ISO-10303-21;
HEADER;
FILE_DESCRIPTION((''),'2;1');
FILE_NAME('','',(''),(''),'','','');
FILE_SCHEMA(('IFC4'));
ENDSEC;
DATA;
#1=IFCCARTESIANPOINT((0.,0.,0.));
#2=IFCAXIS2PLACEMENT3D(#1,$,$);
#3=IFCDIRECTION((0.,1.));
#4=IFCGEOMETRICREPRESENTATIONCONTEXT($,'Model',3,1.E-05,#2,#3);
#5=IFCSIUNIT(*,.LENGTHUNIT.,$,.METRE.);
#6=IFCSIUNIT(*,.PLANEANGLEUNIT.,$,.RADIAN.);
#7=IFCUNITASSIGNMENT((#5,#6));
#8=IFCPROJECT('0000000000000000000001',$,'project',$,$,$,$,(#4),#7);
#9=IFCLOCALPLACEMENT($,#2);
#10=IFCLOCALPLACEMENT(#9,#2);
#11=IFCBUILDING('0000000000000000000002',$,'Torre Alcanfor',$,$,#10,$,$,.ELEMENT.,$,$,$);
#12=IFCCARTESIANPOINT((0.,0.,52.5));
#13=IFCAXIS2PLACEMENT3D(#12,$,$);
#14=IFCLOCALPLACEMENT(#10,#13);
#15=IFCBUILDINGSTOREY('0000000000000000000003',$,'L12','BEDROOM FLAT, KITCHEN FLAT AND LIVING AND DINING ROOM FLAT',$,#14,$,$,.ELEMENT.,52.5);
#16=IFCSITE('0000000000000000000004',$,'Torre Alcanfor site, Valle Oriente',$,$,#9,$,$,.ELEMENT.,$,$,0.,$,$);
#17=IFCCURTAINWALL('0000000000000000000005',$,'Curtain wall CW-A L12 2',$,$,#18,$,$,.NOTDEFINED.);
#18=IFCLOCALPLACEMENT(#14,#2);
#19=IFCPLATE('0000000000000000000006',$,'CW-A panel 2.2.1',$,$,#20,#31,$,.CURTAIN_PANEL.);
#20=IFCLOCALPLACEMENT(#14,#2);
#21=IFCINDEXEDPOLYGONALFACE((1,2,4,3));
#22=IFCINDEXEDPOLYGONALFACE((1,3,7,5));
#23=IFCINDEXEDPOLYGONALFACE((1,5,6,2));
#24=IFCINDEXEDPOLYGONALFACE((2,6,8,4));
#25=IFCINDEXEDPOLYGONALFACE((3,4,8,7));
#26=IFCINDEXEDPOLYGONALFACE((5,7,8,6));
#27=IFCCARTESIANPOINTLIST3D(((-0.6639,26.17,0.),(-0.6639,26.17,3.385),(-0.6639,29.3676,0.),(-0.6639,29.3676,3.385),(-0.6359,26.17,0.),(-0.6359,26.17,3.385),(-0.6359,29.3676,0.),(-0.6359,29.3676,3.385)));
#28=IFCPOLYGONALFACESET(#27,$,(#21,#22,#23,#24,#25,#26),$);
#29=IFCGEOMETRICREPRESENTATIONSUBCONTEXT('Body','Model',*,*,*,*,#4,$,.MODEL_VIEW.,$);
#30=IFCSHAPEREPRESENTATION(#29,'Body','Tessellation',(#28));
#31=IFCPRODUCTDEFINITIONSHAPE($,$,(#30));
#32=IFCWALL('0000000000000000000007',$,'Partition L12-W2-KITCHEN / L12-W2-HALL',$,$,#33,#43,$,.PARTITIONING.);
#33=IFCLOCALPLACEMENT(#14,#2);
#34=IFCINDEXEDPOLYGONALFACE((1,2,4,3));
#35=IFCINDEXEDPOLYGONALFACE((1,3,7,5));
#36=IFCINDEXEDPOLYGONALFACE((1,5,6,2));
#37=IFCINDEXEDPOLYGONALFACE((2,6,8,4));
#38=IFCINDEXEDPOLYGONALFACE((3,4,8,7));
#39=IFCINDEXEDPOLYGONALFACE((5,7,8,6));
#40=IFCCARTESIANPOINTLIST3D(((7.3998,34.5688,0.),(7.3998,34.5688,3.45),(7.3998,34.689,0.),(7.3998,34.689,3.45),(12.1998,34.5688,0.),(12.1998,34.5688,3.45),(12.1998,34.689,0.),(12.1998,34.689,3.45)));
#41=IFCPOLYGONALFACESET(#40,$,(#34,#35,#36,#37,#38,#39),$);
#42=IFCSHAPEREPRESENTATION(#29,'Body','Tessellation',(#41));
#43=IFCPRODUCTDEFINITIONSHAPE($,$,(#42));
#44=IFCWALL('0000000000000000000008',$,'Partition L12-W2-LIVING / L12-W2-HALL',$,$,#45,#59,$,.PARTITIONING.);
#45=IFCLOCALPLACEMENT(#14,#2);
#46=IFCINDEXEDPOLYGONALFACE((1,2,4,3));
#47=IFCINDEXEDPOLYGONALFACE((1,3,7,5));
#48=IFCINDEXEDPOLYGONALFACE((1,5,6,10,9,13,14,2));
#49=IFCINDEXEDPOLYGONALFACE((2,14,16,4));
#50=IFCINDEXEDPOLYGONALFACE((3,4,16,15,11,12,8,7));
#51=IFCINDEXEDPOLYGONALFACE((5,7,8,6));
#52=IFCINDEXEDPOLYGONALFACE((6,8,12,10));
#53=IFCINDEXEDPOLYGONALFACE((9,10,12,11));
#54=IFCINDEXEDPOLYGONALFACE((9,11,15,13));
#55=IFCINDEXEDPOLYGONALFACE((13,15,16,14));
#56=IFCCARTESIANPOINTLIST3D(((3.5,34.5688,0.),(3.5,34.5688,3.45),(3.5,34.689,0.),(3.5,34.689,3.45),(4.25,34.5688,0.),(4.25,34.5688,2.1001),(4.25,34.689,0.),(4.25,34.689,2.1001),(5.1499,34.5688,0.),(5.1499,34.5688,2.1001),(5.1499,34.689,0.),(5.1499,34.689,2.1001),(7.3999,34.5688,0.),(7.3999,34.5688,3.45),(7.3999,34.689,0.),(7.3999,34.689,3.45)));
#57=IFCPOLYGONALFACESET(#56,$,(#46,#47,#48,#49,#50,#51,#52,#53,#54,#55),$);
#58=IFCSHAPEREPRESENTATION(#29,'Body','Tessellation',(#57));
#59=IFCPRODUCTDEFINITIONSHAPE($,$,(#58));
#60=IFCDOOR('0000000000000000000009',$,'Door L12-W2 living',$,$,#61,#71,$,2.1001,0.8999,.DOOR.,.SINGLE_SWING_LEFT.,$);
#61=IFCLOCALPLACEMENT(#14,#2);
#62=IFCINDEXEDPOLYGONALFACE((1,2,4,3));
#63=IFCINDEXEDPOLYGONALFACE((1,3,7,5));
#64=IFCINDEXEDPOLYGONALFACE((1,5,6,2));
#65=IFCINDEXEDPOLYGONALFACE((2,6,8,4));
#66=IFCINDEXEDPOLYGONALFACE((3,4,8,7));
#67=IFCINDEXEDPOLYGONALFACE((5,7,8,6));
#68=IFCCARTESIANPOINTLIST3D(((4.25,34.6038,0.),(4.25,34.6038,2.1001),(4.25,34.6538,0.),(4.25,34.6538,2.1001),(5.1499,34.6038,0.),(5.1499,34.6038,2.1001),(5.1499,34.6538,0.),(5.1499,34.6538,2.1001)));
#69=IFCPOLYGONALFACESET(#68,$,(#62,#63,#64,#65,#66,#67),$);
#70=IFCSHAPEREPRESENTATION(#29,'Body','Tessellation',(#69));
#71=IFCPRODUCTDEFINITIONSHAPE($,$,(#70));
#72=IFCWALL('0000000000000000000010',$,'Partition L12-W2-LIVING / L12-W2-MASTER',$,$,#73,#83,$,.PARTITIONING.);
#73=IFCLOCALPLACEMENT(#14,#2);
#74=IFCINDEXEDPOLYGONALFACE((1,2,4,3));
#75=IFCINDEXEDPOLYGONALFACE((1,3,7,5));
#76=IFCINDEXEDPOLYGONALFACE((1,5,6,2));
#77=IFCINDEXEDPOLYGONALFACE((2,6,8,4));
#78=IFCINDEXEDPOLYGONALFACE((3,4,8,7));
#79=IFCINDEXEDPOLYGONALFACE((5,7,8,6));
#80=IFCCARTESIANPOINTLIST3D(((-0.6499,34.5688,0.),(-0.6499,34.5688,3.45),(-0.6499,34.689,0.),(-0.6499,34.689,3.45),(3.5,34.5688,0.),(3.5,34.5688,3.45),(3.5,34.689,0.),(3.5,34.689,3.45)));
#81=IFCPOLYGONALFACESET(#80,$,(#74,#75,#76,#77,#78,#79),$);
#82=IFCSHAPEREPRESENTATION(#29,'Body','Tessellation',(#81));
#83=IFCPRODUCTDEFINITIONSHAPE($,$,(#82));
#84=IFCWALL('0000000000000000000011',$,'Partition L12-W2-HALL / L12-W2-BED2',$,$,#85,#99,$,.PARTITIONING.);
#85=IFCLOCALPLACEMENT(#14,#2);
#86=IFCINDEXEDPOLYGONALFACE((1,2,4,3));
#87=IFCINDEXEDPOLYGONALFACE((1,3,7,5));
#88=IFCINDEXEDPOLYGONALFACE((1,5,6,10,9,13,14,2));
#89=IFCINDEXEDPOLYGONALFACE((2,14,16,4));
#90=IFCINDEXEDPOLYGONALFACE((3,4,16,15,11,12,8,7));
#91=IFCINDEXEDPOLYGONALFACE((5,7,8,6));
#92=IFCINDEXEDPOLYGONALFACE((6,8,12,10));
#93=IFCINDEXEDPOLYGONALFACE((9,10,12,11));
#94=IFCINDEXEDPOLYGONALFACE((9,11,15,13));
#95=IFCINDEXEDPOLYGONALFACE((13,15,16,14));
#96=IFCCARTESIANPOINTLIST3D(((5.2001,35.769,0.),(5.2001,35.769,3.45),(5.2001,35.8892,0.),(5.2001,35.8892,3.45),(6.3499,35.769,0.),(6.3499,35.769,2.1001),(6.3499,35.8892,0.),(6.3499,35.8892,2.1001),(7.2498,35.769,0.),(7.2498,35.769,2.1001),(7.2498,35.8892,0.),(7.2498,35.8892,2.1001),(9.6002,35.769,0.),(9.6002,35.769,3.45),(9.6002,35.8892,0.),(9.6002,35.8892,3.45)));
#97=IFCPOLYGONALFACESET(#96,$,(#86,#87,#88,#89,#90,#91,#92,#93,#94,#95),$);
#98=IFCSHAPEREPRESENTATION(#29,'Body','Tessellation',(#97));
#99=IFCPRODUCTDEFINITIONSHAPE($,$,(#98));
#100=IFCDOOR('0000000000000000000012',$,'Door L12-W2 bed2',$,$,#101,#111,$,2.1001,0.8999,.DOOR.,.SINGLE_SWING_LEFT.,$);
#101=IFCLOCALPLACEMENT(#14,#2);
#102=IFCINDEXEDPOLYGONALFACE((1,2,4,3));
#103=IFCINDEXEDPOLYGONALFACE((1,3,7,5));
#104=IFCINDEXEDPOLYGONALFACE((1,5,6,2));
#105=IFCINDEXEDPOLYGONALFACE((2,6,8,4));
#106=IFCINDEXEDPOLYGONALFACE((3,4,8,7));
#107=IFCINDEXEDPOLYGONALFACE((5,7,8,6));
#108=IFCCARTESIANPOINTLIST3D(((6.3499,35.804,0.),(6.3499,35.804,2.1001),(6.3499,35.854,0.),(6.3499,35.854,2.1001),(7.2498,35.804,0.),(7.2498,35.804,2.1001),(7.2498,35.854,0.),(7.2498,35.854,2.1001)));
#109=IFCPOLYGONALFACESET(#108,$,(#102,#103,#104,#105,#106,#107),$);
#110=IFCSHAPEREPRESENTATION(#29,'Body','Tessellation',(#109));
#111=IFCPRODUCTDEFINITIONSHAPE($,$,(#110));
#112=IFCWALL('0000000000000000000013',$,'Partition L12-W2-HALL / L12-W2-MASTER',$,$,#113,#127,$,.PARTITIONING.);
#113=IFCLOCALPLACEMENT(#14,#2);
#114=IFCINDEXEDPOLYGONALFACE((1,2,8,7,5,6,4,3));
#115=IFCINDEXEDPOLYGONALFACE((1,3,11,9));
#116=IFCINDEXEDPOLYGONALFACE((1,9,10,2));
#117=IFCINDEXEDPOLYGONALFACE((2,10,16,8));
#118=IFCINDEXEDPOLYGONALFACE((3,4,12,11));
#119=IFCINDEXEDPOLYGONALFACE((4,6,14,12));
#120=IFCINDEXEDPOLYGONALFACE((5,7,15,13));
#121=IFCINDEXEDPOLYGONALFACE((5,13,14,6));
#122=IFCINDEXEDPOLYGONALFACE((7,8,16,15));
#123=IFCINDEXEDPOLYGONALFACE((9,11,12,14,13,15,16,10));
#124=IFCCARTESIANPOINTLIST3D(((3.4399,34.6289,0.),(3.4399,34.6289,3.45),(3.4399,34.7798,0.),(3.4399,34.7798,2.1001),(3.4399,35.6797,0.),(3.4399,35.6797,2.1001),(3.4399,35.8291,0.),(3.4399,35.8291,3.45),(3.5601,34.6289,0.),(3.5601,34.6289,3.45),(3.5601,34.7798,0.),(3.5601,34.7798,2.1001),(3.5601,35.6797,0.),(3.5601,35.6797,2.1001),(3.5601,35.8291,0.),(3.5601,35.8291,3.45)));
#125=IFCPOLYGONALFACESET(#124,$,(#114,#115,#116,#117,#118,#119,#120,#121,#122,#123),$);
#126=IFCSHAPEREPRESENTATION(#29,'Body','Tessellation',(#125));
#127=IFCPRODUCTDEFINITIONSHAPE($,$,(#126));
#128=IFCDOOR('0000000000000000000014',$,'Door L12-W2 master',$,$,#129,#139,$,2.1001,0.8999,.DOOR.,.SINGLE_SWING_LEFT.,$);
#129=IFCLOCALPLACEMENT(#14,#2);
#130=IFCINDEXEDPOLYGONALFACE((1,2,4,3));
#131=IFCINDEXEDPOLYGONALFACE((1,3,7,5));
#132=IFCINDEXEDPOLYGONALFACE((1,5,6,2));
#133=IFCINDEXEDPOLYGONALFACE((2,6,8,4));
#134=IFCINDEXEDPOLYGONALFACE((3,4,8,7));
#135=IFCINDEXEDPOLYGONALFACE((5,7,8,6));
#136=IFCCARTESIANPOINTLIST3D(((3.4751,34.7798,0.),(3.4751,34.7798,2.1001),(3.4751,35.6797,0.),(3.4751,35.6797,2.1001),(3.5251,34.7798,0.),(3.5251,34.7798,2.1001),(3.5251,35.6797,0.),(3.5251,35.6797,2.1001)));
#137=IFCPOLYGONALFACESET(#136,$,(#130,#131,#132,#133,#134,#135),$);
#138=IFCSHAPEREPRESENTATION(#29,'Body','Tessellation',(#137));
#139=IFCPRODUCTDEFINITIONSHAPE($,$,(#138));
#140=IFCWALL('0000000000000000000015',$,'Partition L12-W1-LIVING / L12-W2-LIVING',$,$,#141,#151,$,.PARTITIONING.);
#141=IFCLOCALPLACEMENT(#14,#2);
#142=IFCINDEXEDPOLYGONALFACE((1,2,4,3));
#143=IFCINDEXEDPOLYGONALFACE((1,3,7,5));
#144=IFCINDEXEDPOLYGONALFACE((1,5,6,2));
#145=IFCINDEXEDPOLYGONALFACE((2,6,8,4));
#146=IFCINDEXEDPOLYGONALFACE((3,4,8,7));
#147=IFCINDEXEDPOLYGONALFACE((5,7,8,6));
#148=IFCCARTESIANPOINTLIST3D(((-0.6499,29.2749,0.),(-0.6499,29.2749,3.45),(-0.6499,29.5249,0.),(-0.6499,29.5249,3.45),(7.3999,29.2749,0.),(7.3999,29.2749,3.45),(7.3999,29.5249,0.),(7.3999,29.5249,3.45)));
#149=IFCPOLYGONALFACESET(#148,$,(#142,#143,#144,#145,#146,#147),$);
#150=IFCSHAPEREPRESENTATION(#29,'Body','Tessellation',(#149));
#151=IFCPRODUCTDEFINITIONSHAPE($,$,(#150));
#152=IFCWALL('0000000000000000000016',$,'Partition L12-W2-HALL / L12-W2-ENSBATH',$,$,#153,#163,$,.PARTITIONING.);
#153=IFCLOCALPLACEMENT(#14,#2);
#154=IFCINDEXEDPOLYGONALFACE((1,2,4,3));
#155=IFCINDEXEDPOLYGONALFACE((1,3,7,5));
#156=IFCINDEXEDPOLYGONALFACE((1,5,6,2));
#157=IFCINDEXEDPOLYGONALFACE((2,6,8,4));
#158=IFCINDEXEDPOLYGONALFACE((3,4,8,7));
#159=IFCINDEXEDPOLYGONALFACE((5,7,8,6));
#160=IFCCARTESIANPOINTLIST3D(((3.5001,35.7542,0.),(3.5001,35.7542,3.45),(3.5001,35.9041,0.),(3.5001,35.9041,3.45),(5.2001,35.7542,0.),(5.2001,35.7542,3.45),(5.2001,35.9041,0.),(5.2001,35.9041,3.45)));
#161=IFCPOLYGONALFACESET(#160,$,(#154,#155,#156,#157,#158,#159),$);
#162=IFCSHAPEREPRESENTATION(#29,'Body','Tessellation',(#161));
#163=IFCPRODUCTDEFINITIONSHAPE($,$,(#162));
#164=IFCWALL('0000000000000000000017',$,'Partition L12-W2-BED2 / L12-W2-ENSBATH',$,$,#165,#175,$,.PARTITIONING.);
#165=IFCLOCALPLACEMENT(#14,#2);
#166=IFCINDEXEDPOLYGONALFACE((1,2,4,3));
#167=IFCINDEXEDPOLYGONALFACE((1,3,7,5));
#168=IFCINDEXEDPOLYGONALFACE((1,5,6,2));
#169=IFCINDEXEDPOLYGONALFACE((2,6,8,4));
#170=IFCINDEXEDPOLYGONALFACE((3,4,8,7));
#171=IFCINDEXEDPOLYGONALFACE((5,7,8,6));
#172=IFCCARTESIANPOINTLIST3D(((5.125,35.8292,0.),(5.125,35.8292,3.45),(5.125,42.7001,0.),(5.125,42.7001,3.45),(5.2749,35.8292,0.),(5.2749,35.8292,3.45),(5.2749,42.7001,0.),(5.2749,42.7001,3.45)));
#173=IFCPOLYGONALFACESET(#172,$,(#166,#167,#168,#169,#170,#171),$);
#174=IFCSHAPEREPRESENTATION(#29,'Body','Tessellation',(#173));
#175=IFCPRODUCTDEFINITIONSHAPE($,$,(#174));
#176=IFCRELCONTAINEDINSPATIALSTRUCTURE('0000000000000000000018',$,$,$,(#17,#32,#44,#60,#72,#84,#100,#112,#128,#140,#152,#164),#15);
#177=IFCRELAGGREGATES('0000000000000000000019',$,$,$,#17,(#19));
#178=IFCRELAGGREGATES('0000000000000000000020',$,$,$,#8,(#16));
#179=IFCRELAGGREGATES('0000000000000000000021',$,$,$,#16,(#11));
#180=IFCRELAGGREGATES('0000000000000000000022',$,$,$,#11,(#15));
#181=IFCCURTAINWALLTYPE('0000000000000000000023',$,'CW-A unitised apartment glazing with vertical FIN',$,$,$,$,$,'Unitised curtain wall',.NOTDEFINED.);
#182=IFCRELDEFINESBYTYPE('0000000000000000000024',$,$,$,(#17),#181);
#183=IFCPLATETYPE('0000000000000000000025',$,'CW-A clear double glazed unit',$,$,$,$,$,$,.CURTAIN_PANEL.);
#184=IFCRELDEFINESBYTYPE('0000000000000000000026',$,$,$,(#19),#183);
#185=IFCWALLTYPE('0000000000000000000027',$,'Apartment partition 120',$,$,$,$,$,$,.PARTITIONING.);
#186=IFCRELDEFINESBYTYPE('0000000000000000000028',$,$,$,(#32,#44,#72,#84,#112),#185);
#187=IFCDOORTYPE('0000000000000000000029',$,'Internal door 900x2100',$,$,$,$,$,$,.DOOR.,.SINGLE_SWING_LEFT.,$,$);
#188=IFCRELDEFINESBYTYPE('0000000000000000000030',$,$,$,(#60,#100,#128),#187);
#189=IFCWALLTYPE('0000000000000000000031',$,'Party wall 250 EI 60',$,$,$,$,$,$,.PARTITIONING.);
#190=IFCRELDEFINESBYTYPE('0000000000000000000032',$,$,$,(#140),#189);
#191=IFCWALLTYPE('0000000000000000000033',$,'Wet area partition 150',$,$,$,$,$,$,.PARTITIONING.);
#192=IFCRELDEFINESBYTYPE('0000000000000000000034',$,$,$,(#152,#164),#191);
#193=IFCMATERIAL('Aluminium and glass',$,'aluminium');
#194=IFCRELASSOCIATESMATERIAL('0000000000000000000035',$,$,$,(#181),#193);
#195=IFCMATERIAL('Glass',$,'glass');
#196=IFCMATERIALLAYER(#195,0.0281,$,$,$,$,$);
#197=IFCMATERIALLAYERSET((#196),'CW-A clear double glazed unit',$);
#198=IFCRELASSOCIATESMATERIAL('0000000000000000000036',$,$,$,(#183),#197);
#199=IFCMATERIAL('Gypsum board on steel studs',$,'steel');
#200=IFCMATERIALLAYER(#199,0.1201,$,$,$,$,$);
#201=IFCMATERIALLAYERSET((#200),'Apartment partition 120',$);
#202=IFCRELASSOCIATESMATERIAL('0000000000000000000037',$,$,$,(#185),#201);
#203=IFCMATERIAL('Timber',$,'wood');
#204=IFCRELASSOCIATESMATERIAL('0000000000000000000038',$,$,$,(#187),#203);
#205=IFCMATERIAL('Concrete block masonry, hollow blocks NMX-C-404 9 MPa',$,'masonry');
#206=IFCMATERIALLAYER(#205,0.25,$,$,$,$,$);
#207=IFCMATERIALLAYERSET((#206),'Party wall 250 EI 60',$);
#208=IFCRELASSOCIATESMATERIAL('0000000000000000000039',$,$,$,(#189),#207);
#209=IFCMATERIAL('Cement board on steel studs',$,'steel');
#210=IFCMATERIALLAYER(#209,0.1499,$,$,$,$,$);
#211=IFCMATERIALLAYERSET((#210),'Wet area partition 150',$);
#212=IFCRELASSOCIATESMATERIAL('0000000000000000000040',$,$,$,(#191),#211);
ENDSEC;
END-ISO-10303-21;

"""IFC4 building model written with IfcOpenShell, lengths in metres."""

from ifc_helpers import new_model, si_unit, direction, frame, frame_2d, origin, origin_2d, place, context, subcontext, project, spatial, rectangle, extrude, material, layer, layer_set, type_object, element, fill, aggregate, save


model = new_model("IFC4")

# Units and contexts
model_context = context("Model", 3, precision=1e-05, world=origin(), true_north=direction((0.0, 1.0)))
body_context = subcontext(model_context, "Body", "Model", "MODEL_VIEW")
ifc_project = project(units=[si_unit("LENGTHUNIT", "METRE"), si_unit("PLANEANGLEUNIT", "RADIAN")], contexts=[model_context])

# Site, building, storey
site_placement = place(None, origin())
site = spatial("IfcSite", under=ifc_project, at=site_placement, Name="Torre Alcanfor site, Valle Oriente", CompositionType="ELEMENT", RefElevation=0.0)
building_placement = place(site_placement, origin())
building = spatial("IfcBuilding", under=site, at=building_placement, Name="Torre Alcanfor", CompositionType="ELEMENT")
storey_placement = place(building_placement, frame((0.0, 0.0, 52.5)))
storey = spatial("IfcBuildingStorey", under=building, at=storey_placement, Name="L12", Description="BEDROOM FLAT, KITCHEN FLAT AND LIVING AND DINING ROOM FLAT", CompositionType="ELEMENT", Elevation=52.5)

# Curtain wall
ifc_material_1 = material(Name="Aluminium and glass", Category="aluminium")
curtain_wall_type = type_object("IfcCurtainWallType", Name="CW-A unitised apartment glazing with vertical FIN", ElementType="Unitised curtain wall", PredefinedType="NOTDEFINED", material=ifc_material_1)
curtain_wall_placement = place(storey_placement, origin())
curtain_wall = element("IfcCurtainWall", 1, at=curtain_wall_placement, inside=storey, type_object=curtain_wall_type, Name="Curtain wall CW-A L12 2", PredefinedType="NOTDEFINED")

# Plate
ifc_material_2 = material(Name="Glass", Category="glass")
ifc_layer_1 = layer(ifc_material_2, 0.0281)
ifc_layer_set_1 = layer_set([ifc_layer_1], Name="CW-A clear double glazed unit")
plate_type = type_object("IfcPlateType", Name="CW-A clear double glazed unit", PredefinedType="CURTAIN_PANEL", material=ifc_layer_set_1)
plate_1_placement = place(storey_placement, frame((-0.6499, 27.7688, 0.0), z_axis=(0.0, 0.0, 1.0), x_axis=(0.0, -1.0, 0.0)))
plate_1 = element("IfcPlate", 2, at=plate_1_placement, type_object=plate_type, Name="CW-A panel 2.2.1", PredefinedType="CURTAIN_PANEL", context=body_context, shape_type="SweptSolid", body=[
    extrude(rectangle(XDim=3.1975, YDim=0.0281, at=origin_2d()), origin(), (0.0, 0.0, 1.0), 3.385),
])
aggregate(curtain_wall, [plate_1])

# Wall
ifc_material_3 = material(Name="Gypsum board on steel studs", Category="steel")
ifc_layer_2 = layer(ifc_material_3, 0.1201)
ifc_layer_set_2 = layer_set([ifc_layer_2], Name="Apartment partition 120")
wall_type_1 = type_object("IfcWallType", Name="Apartment partition 120", PredefinedType="PARTITIONING", material=ifc_layer_set_2)
wall_1_placement = place(storey_placement, frame((7.3999, 34.6289, 0.0), z_axis=(0.0, 0.0, 1.0), x_axis=(1.0, 0.0, 0.0)))
element("IfcWall", 3, at=wall_1_placement, inside=storey, type_object=wall_type_1, Name="Partition L12-W2-KITCHEN / L12-W2-HALL", PredefinedType="PARTITIONING", context=body_context, shape_type="SweptSolid", body=[
    extrude(rectangle(XDim=4.8, YDim=0.1201, at=frame_2d((2.3999, 0.0))), origin(), (0.0, 0.0, 1.0), 3.45),
])

# Wall, opening, door
wall_2_placement = place(storey_placement, frame((3.5, 34.6289, 0.0), z_axis=(0.0, 0.0, 1.0), x_axis=(1.0, 0.0, 0.0)))
wall_2 = element("IfcWall", 4, at=wall_2_placement, inside=storey, type_object=wall_type_1, Name="Partition L12-W2-LIVING / L12-W2-HALL", PredefinedType="PARTITIONING", context=body_context, shape_type="SweptSolid", body=[
    extrude(rectangle(XDim=3.8999, YDim=0.1201, at=frame_2d((1.95, 0.0))), origin(), (0.0, 0.0, 1.0), 3.45),
])
opening_1_placement = place(wall_2_placement, frame((0.75, 0.0, 0.0)))
opening_1 = element("IfcOpeningElement", 5, at=opening_1_placement, cuts=wall_2, PredefinedType="OPENING", context=body_context, shape_type="SweptSolid", body=[
    extrude(rectangle(XDim=0.8999, YDim=2.1001, at=frame_2d((0.45, 1.05))), frame((0.0, 0.0701, 0.0), z_axis=(0.0, -1.0, 0.0), x_axis=(1.0, 0.0, 0.0)), (0.0, 0.0, 1.0), 0.1401),
])
ifc_material_4 = material(Name="Timber", Category="wood")
door_type_1 = type_object("IfcDoorType", Name="Internal door 900x2100", OperationType="SINGLE_SWING_LEFT", PredefinedType="DOOR", material=ifc_material_4)
door_1_placement = place(opening_1_placement, frame((0.8999, 0.0, 0.0), z_axis=(0.0, 0.0, 1.0), x_axis=(-1.0, 0.0, 0.0)))
door_1 = element("IfcDoor", 6, at=door_1_placement, inside=storey, type_object=door_type_1, Name="Door L12-W2 living", OperationType="SINGLE_SWING_LEFT", OverallHeight=2.1001, OverallWidth=0.8999, PredefinedType="DOOR", context=body_context, shape_type="SweptSolid", body=[
    extrude(rectangle(XDim=0.8999, YDim=2.1001, at=frame_2d((0.45, 1.05))), frame((0.0, 0.0251, 0.0), z_axis=(0.0, -1.0, 0.0), x_axis=(1.0, 0.0, 0.0)), (0.0, 0.0, 1.0), 0.05),
])
fill(opening_1, door_1)

# Wall
wall_3_placement = place(storey_placement, frame((-0.6499, 34.6289, 0.0), z_axis=(0.0, 0.0, 1.0), x_axis=(1.0, 0.0, 0.0)))
element("IfcWall", 7, at=wall_3_placement, inside=storey, type_object=wall_type_1, Name="Partition L12-W2-LIVING / L12-W2-MASTER", PredefinedType="PARTITIONING", context=body_context, shape_type="SweptSolid", body=[
    extrude(rectangle(XDim=4.1499, YDim=0.1201, at=frame_2d((2.075, 0.0))), origin(), (0.0, 0.0, 1.0), 3.45),
])

# Walls, openings, doors
wall_4_placement = place(storey_placement, frame((5.2, 35.8291, 0.0), z_axis=(0.0, 0.0, 1.0), x_axis=(1.0, 0.0, 0.0)))
wall_4 = element("IfcWall", 8, at=wall_4_placement, inside=storey, type_object=wall_type_1, Name="Partition L12-W2-HALL / L12-W2-BED2", PredefinedType="PARTITIONING", context=body_context, shape_type="SweptSolid", body=[
    extrude(rectangle(XDim=4.4001, YDim=0.1201, at=frame_2d((2.2002, 0.0))), origin(), (0.0, 0.0, 1.0), 3.45),
])
opening_2_placement = place(wall_4_placement, frame((1.1499, 0.0, 0.0)))
opening_2 = element("IfcOpeningElement", 9, at=opening_2_placement, cuts=wall_4, PredefinedType="OPENING", context=body_context, shape_type="SweptSolid", body=[
    extrude(rectangle(XDim=0.8999, YDim=2.1001, at=frame_2d((0.45, 1.05))), frame((0.0, 0.0701, 0.0), z_axis=(0.0, -1.0, 0.0), x_axis=(1.0, 0.0, 0.0)), (0.0, 0.0, 1.0), 0.1401),
])
door_2_placement = place(opening_2_placement, origin())
door_2 = element("IfcDoor", 10, at=door_2_placement, inside=storey, type_object=door_type_1, Name="Door L12-W2 bed2", OperationType="SINGLE_SWING_LEFT", OverallHeight=2.1001, OverallWidth=0.8999, PredefinedType="DOOR", context=body_context, shape_type="SweptSolid", body=[
    extrude(rectangle(XDim=0.8999, YDim=2.1001, at=frame_2d((0.45, 1.05))), frame((0.0, 0.0249, 0.0), z_axis=(0.0, -1.0, 0.0), x_axis=(1.0, 0.0, 0.0)), (0.0, 0.0, 1.0), 0.05),
])
fill(opening_2, door_2)
wall_5_placement = place(storey_placement, frame((3.5, 34.6289, 0.0), z_axis=(0.0, 0.0, 1.0), x_axis=(0.0, 1.0, 0.0)))
wall_5 = element("IfcWall", 11, at=wall_5_placement, inside=storey, type_object=wall_type_1, Name="Partition L12-W2-HALL / L12-W2-MASTER", PredefinedType="PARTITIONING", context=body_context, shape_type="SweptSolid", body=[
    extrude(rectangle(XDim=1.2002, YDim=0.1201, at=frame_2d((0.6001, 0.0))), origin(), (0.0, 0.0, 1.0), 3.45),
])
opening_3_placement = place(wall_5_placement, frame((0.1509, 0.0, 0.0)))
opening_3 = element("IfcOpeningElement", 12, at=opening_3_placement, cuts=wall_5, PredefinedType="OPENING", context=body_context, shape_type="SweptSolid", body=[
    extrude(rectangle(XDim=0.8999, YDim=2.1001, at=frame_2d((0.45, 1.05))), frame((0.0, 0.0701, 0.0), z_axis=(0.0, -1.0, 0.0), x_axis=(1.0, 0.0, 0.0)), (0.0, 0.0, 1.0), 0.1401),
])
door_3_placement = place(opening_3_placement, origin())
door_3 = element("IfcDoor", 13, at=door_3_placement, inside=storey, type_object=door_type_1, Name="Door L12-W2 master", OperationType="SINGLE_SWING_LEFT", OverallHeight=2.1001, OverallWidth=0.8999, PredefinedType="DOOR", context=body_context, shape_type="SweptSolid", body=[
    extrude(rectangle(XDim=0.8999, YDim=2.1001, at=frame_2d((0.45, 1.05))), frame((0.0, 0.0249, 0.0), z_axis=(0.0, -1.0, 0.0), x_axis=(1.0, 0.0, 0.0)), (0.0, 0.0, 1.0), 0.05),
])
fill(opening_3, door_3)

# Walls
ifc_material_5 = material(Name="Concrete block masonry, hollow blocks NMX-C-404 9 MPa", Category="masonry")
ifc_layer_3 = layer(ifc_material_5, 0.25)
ifc_layer_set_3 = layer_set([ifc_layer_3], Name="Party wall 250 EI 60")
wall_type_2 = type_object("IfcWallType", Name="Party wall 250 EI 60", PredefinedType="PARTITIONING", material=ifc_layer_set_3)
wall_6_placement = place(storey_placement, frame((7.3999, 29.3999, 0.0), z_axis=(0.0, 0.0, 1.0), x_axis=(-1.0, 0.0, 0.0)))
element("IfcWall", 14, at=wall_6_placement, inside=storey, type_object=wall_type_2, Name="Partition L12-W1-LIVING / L12-W2-LIVING", PredefinedType="PARTITIONING", context=body_context, shape_type="SweptSolid", body=[
    extrude(rectangle(XDim=8.0498, YDim=0.25, at=frame_2d((4.0249, 0.0))), origin(), (0.0, 0.0, 1.0), 3.45),
])
ifc_material_6 = material(Name="Cement board on steel studs", Category="steel")
ifc_layer_4 = layer(ifc_material_6, 0.1499)
ifc_layer_set_4 = layer_set([ifc_layer_4], Name="Wet area partition 150")
wall_type_3 = type_object("IfcWallType", Name="Wet area partition 150", PredefinedType="PARTITIONING", material=ifc_layer_set_4)
wall_7_placement = place(storey_placement, frame((3.5, 35.8291, 0.0), z_axis=(0.0, 0.0, 1.0), x_axis=(1.0, 0.0, 0.0)))
element("IfcWall", 15, at=wall_7_placement, inside=storey, type_object=wall_type_3, Name="Partition L12-W2-HALL / L12-W2-ENSBATH", PredefinedType="PARTITIONING", context=body_context, shape_type="SweptSolid", body=[
    extrude(rectangle(XDim=1.7, YDim=0.1499, at=frame_2d((0.8501, 0.0))), origin(), (0.0, 0.0, 1.0), 3.45),
])
wall_8_placement = place(storey_placement, frame((5.2, 35.8291, 0.0), z_axis=(0.0, 0.0, 1.0), x_axis=(0.0, 1.0, 0.0)))
element("IfcWall", 16, at=wall_8_placement, inside=storey, type_object=wall_type_3, Name="Partition L12-W2-BED2 / L12-W2-ENSBATH", PredefinedType="PARTITIONING", context=body_context, shape_type="SweptSolid", body=[
    extrude(rectangle(XDim=6.8708, YDim=0.1499, at=frame_2d((3.4355, 0.0))), origin(), (0.0, 0.0, 1.0), 3.45),
])

save(model, "model.ifc")
